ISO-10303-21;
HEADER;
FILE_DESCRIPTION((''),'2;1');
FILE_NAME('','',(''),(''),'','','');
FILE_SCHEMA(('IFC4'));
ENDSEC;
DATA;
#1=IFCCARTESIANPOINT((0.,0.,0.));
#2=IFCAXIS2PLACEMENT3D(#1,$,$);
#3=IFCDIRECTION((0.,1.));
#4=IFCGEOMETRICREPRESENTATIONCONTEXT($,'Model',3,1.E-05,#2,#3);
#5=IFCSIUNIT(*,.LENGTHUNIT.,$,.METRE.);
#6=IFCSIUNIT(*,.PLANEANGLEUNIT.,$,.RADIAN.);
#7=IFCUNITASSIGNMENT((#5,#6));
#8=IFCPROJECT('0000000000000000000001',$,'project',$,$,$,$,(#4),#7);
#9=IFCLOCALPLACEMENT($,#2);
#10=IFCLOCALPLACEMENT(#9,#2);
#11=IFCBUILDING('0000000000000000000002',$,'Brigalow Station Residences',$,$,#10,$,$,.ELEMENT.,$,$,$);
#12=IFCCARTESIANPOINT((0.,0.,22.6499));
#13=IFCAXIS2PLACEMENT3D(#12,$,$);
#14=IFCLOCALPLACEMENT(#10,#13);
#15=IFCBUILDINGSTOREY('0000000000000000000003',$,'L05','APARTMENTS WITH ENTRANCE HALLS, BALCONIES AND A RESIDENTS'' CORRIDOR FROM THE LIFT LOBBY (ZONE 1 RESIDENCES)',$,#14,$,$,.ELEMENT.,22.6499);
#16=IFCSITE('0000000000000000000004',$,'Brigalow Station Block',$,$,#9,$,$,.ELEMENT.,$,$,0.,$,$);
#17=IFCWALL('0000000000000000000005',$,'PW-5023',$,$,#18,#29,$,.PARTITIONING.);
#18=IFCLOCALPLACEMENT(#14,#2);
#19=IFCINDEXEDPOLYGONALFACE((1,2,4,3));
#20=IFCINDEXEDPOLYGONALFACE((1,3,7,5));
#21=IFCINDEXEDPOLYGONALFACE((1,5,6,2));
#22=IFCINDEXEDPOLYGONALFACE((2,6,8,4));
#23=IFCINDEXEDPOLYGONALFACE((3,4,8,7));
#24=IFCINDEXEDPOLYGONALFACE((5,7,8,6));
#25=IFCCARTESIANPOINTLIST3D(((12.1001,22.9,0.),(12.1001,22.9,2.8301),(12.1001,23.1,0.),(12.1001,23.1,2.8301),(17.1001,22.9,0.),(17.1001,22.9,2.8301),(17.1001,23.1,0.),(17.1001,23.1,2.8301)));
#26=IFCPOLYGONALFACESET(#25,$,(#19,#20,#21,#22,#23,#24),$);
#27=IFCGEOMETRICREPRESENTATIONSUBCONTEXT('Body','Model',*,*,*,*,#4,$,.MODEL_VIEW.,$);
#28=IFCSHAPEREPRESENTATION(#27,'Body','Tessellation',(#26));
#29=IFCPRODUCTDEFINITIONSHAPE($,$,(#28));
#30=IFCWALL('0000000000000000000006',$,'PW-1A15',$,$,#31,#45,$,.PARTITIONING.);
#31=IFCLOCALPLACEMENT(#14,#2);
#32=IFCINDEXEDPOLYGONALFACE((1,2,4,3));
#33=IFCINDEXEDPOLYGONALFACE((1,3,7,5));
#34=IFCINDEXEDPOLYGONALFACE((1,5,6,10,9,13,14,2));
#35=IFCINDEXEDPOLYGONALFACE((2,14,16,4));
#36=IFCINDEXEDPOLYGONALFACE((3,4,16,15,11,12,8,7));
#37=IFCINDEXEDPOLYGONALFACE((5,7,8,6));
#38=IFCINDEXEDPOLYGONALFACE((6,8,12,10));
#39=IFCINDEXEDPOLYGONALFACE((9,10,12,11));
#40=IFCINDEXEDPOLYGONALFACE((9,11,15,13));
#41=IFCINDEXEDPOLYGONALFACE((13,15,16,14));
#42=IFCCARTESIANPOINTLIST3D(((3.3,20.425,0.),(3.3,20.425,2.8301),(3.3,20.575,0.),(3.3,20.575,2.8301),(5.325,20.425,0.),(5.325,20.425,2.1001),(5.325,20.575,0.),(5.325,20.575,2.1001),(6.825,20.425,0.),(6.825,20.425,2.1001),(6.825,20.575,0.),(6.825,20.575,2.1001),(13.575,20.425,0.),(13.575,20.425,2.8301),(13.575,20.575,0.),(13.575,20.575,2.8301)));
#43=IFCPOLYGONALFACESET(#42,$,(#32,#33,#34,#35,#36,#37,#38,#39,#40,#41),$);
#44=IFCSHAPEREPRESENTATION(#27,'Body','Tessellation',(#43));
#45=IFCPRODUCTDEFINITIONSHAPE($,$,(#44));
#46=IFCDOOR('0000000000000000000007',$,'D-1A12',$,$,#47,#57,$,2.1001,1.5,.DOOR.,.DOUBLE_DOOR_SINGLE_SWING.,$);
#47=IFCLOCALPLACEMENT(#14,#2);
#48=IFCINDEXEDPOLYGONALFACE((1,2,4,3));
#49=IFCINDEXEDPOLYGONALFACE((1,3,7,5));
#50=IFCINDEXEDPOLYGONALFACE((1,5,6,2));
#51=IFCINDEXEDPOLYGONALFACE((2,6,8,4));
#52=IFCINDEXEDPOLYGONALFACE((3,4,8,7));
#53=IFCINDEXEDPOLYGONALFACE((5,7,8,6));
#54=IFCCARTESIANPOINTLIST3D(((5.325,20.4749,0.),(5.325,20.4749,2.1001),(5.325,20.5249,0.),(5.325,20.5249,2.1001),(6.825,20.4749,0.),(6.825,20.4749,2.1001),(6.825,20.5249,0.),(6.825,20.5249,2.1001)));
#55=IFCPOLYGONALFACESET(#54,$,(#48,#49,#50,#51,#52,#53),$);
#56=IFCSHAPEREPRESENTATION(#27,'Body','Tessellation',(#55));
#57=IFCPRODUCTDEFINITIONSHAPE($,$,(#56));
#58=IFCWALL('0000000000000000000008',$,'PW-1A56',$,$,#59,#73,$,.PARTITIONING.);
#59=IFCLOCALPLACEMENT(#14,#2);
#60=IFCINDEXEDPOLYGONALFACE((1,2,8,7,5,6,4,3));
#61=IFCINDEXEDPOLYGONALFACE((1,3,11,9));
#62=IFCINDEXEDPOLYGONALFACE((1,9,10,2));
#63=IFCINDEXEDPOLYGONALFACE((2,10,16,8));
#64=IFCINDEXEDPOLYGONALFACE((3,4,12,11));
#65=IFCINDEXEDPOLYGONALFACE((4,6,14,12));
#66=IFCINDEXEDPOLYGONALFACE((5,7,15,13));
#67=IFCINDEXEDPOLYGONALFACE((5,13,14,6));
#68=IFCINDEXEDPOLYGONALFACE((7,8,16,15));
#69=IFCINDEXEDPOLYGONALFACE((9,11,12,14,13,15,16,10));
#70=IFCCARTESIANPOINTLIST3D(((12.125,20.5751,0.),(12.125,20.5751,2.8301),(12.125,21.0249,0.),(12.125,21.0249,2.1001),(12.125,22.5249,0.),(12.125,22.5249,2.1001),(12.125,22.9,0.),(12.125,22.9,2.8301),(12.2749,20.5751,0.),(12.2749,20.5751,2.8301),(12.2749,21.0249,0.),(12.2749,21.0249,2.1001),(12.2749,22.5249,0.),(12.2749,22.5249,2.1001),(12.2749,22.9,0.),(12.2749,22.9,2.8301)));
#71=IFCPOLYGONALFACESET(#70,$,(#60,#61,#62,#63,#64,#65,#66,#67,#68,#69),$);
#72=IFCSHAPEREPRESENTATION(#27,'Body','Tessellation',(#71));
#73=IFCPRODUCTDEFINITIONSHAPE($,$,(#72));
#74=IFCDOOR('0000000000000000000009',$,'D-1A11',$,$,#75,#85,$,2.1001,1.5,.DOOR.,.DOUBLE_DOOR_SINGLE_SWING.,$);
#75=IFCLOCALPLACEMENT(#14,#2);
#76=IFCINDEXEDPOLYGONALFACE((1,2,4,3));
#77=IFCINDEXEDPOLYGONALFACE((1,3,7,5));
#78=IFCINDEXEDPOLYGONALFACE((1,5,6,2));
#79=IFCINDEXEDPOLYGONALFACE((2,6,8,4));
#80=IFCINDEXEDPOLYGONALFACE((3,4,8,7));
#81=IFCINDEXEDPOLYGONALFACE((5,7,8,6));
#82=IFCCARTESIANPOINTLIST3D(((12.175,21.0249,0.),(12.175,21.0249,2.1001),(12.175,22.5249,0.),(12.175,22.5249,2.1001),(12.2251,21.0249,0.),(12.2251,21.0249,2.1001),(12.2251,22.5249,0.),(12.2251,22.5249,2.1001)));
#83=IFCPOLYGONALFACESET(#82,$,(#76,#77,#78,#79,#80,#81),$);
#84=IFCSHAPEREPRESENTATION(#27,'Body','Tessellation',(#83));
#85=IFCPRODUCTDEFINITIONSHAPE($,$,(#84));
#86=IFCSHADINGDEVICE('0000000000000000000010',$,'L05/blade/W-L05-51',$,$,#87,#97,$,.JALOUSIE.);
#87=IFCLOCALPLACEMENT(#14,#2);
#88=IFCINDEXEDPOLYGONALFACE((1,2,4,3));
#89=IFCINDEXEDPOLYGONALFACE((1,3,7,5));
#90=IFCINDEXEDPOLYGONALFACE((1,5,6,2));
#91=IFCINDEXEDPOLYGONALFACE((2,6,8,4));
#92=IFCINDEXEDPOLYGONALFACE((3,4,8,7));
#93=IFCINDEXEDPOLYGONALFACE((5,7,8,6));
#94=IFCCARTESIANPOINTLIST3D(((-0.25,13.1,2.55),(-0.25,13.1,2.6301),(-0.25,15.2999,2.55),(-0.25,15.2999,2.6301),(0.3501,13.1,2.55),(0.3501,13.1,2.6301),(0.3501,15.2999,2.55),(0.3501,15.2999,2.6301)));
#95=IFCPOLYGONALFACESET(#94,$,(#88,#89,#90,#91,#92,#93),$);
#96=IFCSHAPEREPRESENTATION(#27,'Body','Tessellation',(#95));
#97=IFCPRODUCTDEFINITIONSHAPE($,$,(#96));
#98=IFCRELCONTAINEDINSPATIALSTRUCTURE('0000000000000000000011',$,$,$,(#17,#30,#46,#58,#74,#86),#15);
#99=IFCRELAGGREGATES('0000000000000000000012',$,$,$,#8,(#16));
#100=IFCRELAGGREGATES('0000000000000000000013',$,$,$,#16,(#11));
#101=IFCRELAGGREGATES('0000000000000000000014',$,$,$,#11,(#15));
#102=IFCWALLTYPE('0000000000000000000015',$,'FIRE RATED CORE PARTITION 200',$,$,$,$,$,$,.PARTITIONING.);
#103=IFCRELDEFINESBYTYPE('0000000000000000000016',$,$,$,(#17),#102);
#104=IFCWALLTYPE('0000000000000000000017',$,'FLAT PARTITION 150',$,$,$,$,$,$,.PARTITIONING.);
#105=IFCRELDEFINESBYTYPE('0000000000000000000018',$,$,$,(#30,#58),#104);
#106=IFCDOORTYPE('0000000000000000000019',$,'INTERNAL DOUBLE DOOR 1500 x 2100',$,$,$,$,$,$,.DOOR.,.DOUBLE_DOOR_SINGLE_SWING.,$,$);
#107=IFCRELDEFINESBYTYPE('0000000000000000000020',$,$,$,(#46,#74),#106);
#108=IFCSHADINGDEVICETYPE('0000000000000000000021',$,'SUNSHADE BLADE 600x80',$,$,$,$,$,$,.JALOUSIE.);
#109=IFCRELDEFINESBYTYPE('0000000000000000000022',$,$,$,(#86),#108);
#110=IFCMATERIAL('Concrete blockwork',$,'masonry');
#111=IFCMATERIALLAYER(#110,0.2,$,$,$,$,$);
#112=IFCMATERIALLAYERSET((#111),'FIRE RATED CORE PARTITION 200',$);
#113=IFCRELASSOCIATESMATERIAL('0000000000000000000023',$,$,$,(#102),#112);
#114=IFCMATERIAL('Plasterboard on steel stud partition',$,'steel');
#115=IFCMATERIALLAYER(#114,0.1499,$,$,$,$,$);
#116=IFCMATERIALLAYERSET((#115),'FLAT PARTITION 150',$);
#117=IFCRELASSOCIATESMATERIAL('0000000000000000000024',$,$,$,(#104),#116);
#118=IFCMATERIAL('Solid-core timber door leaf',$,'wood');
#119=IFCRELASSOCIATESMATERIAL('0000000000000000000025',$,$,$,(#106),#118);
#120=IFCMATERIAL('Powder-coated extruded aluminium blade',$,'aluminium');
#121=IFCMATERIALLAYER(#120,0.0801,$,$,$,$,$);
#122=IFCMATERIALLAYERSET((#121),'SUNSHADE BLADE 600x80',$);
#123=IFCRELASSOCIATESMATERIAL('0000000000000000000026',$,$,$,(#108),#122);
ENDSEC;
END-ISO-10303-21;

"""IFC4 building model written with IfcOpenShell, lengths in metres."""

from ifc_helpers import new_model, si_unit, direction, frame, frame_2d, origin, origin_2d, place, context, subcontext, project, spatial, rectangle, extrude, material, layer, layer_set, type_object, element, fill, save


model = new_model("IFC4")

# Units and contexts
model_context = context("Model", 3, precision=1e-05, world=origin(), true_north=direction((0.0, 1.0)))
body_context = subcontext(model_context, "Body", "Model", "MODEL_VIEW")
ifc_project = project(units=[si_unit("LENGTHUNIT", "METRE"), si_unit("PLANEANGLEUNIT", "RADIAN")], contexts=[model_context])

# Site, building, storey
site_placement = place(None, origin())
site = spatial("IfcSite", under=ifc_project, at=site_placement, Name="Brigalow Station Block", CompositionType="ELEMENT", RefElevation=0.0)
building_placement = place(site_placement, origin())
building = spatial("IfcBuilding", under=site, at=building_placement, Name="Brigalow Station Residences", CompositionType="ELEMENT")
storey_placement = place(building_placement, frame((0.0, 0.0, 22.6499)))
storey = spatial("IfcBuildingStorey", under=building, at=storey_placement, Name="L05", Description="APARTMENTS WITH ENTRANCE HALLS, BALCONIES AND A RESIDENTS' CORRIDOR FROM THE LIFT LOBBY (ZONE 1 RESIDENCES)", CompositionType="ELEMENT", Elevation=22.6499)

# Wall
ifc_material_1 = material(Name="Concrete blockwork", Category="masonry")
ifc_layer_1 = layer(ifc_material_1, 0.2)
ifc_layer_set_1 = layer_set([ifc_layer_1], Name="FIRE RATED CORE PARTITION 200")
wall_type_1 = type_object("IfcWallType", Name="FIRE RATED CORE PARTITION 200", PredefinedType="PARTITIONING", material=ifc_layer_set_1)
wall_1_placement = place(storey_placement, frame((12.1001, 23.0, 0.0), z_axis=(0.0, 0.0, 1.0), x_axis=(1.0, 0.0, 0.0)))
element("IfcWall", 1, at=wall_1_placement, inside=storey, type_object=wall_type_1, Name="PW-5023", PredefinedType="PARTITIONING", context=body_context, shape_type="SweptSolid", body=[
    extrude(rectangle(XDim=5.0, YDim=0.2, at=frame_2d((2.5, 0.0))), origin(), (0.0, 0.0, 1.0), 2.8301),
])

# Walls, openings, doors
ifc_material_2 = material(Name="Plasterboard on steel stud partition", Category="steel")
ifc_layer_2 = layer(ifc_material_2, 0.1499)
ifc_layer_set_2 = layer_set([ifc_layer_2], Name="FLAT PARTITION 150")
wall_type_2 = type_object("IfcWallType", Name="FLAT PARTITION 150", PredefinedType="PARTITIONING", material=ifc_layer_set_2)
wall_2_placement = place(storey_placement, frame((3.3, 20.5, 0.0), z_axis=(0.0, 0.0, 1.0), x_axis=(1.0, 0.0, 0.0)))
wall_2 = element("IfcWall", 2, at=wall_2_placement, inside=storey, type_object=wall_type_2, Name="PW-1A15", PredefinedType="PARTITIONING", context=body_context, shape_type="SweptSolid", body=[
    extrude(rectangle(XDim=10.2749, YDim=0.1499, at=frame_2d((5.1375, 0.0))), origin(), (0.0, 0.0, 1.0), 2.8301),
])
opening_1_placement = place(wall_2_placement, frame((2.0249, 0.0, 0.0)))
opening_1 = element("IfcOpeningElement", 3, at=opening_1_placement, cuts=wall_2, PredefinedType="OPENING", context=body_context, shape_type="SweptSolid", body=[
    extrude(rectangle(XDim=1.5, YDim=2.1001, at=frame_2d((0.75, 1.05))), frame((0.0, 0.085, 0.0), z_axis=(0.0, -1.0, 0.0), x_axis=(1.0, 0.0, 0.0)), (0.0, 0.0, 1.0), 0.1699),
])
ifc_material_3 = material(Name="Solid-core timber door leaf", Category="wood")
door_type_1 = type_object("IfcDoorType", Name="INTERNAL DOUBLE DOOR 1500 x 2100", OperationType="DOUBLE_DOOR_SINGLE_SWING", PredefinedType="DOOR", material=ifc_material_3)
door_1_placement = place(opening_1_placement, origin())
door_1 = element("IfcDoor", 4, at=door_1_placement, inside=storey, type_object=door_type_1, Name="D-1A12", OperationType="DOUBLE_DOOR_SINGLE_SWING", OverallHeight=2.1001, OverallWidth=1.5, PredefinedType="DOOR", context=body_context, shape_type="SweptSolid", body=[
    extrude(rectangle(XDim=1.5, YDim=2.1001, at=frame_2d((0.75, 1.05))), frame((0.0, 0.0249, 0.0), z_axis=(0.0, -1.0, 0.0), x_axis=(1.0, 0.0, 0.0)), (0.0, 0.0, 1.0), 0.05),
])
fill(opening_1, door_1)
wall_3_placement = place(storey_placement, frame((12.2, 20.575, 0.0), z_axis=(0.0, 0.0, 1.0), x_axis=(0.0, 1.0, 0.0)))
wall_3 = element("IfcWall", 5, at=wall_3_placement, inside=storey, type_object=wall_type_2, Name="PW-1A56", PredefinedType="PARTITIONING", context=body_context, shape_type="SweptSolid", body=[
    extrude(rectangle(XDim=2.325, YDim=0.1499, at=frame_2d((1.1626, 0.0))), origin(), (0.0, 0.0, 1.0), 2.8301),
])
opening_2_placement = place(wall_3_placement, frame((0.45, 0.0, 0.0)))
opening_2 = element("IfcOpeningElement", 6, at=opening_2_placement, cuts=wall_3, PredefinedType="OPENING", context=body_context, shape_type="SweptSolid", body=[
    extrude(rectangle(XDim=1.5, YDim=2.1001, at=frame_2d((0.75, 1.05))), frame((0.0, 0.085, 0.0), z_axis=(0.0, -1.0, 0.0), x_axis=(1.0, 0.0, 0.0)), (0.0, 0.0, 1.0), 0.1699),
])
door_2_placement = place(opening_2_placement, origin())
door_2 = element("IfcDoor", 7, at=door_2_placement, inside=storey, type_object=door_type_1, Name="D-1A11", OperationType="DOUBLE_DOOR_SINGLE_SWING", OverallHeight=2.1001, OverallWidth=1.5, PredefinedType="DOOR", context=body_context, shape_type="SweptSolid", body=[
    extrude(rectangle(XDim=1.5, YDim=2.1001, at=frame_2d((0.75, 1.05))), frame((0.0, 0.0249, 0.0), z_axis=(0.0, -1.0, 0.0), x_axis=(1.0, 0.0, 0.0)), (0.0, 0.0, 1.0), 0.05),
])
fill(opening_2, door_2)

# Shading device
ifc_material_4 = material(Name="Powder-coated extruded aluminium blade", Category="aluminium")
ifc_layer_3 = layer(ifc_material_4, 0.0801)
ifc_layer_set_3 = layer_set([ifc_layer_3], Name="SUNSHADE BLADE 600x80")
shading_device_type = type_object("IfcShadingDeviceType", Name="SUNSHADE BLADE 600x80", PredefinedType="JALOUSIE", material=ifc_layer_set_3)
shading_device_placement = place(storey_placement, frame((0.05, 14.2, 2.55), z_axis=(0.0, 0.0, 1.0), x_axis=(0.0, -1.0, 0.0)))
element("IfcShadingDevice", 8, at=shading_device_placement, inside=storey, type_object=shading_device_type, Name="L05/blade/W-L05-51", PredefinedType="JALOUSIE", context=body_context, shape_type="SweptSolid", body=[
    extrude(rectangle(XDim=2.2, YDim=0.6001, at=origin_2d()), origin(), (0.0, 0.0, 1.0), 0.0801),
])

save(model, "model.ifc")
